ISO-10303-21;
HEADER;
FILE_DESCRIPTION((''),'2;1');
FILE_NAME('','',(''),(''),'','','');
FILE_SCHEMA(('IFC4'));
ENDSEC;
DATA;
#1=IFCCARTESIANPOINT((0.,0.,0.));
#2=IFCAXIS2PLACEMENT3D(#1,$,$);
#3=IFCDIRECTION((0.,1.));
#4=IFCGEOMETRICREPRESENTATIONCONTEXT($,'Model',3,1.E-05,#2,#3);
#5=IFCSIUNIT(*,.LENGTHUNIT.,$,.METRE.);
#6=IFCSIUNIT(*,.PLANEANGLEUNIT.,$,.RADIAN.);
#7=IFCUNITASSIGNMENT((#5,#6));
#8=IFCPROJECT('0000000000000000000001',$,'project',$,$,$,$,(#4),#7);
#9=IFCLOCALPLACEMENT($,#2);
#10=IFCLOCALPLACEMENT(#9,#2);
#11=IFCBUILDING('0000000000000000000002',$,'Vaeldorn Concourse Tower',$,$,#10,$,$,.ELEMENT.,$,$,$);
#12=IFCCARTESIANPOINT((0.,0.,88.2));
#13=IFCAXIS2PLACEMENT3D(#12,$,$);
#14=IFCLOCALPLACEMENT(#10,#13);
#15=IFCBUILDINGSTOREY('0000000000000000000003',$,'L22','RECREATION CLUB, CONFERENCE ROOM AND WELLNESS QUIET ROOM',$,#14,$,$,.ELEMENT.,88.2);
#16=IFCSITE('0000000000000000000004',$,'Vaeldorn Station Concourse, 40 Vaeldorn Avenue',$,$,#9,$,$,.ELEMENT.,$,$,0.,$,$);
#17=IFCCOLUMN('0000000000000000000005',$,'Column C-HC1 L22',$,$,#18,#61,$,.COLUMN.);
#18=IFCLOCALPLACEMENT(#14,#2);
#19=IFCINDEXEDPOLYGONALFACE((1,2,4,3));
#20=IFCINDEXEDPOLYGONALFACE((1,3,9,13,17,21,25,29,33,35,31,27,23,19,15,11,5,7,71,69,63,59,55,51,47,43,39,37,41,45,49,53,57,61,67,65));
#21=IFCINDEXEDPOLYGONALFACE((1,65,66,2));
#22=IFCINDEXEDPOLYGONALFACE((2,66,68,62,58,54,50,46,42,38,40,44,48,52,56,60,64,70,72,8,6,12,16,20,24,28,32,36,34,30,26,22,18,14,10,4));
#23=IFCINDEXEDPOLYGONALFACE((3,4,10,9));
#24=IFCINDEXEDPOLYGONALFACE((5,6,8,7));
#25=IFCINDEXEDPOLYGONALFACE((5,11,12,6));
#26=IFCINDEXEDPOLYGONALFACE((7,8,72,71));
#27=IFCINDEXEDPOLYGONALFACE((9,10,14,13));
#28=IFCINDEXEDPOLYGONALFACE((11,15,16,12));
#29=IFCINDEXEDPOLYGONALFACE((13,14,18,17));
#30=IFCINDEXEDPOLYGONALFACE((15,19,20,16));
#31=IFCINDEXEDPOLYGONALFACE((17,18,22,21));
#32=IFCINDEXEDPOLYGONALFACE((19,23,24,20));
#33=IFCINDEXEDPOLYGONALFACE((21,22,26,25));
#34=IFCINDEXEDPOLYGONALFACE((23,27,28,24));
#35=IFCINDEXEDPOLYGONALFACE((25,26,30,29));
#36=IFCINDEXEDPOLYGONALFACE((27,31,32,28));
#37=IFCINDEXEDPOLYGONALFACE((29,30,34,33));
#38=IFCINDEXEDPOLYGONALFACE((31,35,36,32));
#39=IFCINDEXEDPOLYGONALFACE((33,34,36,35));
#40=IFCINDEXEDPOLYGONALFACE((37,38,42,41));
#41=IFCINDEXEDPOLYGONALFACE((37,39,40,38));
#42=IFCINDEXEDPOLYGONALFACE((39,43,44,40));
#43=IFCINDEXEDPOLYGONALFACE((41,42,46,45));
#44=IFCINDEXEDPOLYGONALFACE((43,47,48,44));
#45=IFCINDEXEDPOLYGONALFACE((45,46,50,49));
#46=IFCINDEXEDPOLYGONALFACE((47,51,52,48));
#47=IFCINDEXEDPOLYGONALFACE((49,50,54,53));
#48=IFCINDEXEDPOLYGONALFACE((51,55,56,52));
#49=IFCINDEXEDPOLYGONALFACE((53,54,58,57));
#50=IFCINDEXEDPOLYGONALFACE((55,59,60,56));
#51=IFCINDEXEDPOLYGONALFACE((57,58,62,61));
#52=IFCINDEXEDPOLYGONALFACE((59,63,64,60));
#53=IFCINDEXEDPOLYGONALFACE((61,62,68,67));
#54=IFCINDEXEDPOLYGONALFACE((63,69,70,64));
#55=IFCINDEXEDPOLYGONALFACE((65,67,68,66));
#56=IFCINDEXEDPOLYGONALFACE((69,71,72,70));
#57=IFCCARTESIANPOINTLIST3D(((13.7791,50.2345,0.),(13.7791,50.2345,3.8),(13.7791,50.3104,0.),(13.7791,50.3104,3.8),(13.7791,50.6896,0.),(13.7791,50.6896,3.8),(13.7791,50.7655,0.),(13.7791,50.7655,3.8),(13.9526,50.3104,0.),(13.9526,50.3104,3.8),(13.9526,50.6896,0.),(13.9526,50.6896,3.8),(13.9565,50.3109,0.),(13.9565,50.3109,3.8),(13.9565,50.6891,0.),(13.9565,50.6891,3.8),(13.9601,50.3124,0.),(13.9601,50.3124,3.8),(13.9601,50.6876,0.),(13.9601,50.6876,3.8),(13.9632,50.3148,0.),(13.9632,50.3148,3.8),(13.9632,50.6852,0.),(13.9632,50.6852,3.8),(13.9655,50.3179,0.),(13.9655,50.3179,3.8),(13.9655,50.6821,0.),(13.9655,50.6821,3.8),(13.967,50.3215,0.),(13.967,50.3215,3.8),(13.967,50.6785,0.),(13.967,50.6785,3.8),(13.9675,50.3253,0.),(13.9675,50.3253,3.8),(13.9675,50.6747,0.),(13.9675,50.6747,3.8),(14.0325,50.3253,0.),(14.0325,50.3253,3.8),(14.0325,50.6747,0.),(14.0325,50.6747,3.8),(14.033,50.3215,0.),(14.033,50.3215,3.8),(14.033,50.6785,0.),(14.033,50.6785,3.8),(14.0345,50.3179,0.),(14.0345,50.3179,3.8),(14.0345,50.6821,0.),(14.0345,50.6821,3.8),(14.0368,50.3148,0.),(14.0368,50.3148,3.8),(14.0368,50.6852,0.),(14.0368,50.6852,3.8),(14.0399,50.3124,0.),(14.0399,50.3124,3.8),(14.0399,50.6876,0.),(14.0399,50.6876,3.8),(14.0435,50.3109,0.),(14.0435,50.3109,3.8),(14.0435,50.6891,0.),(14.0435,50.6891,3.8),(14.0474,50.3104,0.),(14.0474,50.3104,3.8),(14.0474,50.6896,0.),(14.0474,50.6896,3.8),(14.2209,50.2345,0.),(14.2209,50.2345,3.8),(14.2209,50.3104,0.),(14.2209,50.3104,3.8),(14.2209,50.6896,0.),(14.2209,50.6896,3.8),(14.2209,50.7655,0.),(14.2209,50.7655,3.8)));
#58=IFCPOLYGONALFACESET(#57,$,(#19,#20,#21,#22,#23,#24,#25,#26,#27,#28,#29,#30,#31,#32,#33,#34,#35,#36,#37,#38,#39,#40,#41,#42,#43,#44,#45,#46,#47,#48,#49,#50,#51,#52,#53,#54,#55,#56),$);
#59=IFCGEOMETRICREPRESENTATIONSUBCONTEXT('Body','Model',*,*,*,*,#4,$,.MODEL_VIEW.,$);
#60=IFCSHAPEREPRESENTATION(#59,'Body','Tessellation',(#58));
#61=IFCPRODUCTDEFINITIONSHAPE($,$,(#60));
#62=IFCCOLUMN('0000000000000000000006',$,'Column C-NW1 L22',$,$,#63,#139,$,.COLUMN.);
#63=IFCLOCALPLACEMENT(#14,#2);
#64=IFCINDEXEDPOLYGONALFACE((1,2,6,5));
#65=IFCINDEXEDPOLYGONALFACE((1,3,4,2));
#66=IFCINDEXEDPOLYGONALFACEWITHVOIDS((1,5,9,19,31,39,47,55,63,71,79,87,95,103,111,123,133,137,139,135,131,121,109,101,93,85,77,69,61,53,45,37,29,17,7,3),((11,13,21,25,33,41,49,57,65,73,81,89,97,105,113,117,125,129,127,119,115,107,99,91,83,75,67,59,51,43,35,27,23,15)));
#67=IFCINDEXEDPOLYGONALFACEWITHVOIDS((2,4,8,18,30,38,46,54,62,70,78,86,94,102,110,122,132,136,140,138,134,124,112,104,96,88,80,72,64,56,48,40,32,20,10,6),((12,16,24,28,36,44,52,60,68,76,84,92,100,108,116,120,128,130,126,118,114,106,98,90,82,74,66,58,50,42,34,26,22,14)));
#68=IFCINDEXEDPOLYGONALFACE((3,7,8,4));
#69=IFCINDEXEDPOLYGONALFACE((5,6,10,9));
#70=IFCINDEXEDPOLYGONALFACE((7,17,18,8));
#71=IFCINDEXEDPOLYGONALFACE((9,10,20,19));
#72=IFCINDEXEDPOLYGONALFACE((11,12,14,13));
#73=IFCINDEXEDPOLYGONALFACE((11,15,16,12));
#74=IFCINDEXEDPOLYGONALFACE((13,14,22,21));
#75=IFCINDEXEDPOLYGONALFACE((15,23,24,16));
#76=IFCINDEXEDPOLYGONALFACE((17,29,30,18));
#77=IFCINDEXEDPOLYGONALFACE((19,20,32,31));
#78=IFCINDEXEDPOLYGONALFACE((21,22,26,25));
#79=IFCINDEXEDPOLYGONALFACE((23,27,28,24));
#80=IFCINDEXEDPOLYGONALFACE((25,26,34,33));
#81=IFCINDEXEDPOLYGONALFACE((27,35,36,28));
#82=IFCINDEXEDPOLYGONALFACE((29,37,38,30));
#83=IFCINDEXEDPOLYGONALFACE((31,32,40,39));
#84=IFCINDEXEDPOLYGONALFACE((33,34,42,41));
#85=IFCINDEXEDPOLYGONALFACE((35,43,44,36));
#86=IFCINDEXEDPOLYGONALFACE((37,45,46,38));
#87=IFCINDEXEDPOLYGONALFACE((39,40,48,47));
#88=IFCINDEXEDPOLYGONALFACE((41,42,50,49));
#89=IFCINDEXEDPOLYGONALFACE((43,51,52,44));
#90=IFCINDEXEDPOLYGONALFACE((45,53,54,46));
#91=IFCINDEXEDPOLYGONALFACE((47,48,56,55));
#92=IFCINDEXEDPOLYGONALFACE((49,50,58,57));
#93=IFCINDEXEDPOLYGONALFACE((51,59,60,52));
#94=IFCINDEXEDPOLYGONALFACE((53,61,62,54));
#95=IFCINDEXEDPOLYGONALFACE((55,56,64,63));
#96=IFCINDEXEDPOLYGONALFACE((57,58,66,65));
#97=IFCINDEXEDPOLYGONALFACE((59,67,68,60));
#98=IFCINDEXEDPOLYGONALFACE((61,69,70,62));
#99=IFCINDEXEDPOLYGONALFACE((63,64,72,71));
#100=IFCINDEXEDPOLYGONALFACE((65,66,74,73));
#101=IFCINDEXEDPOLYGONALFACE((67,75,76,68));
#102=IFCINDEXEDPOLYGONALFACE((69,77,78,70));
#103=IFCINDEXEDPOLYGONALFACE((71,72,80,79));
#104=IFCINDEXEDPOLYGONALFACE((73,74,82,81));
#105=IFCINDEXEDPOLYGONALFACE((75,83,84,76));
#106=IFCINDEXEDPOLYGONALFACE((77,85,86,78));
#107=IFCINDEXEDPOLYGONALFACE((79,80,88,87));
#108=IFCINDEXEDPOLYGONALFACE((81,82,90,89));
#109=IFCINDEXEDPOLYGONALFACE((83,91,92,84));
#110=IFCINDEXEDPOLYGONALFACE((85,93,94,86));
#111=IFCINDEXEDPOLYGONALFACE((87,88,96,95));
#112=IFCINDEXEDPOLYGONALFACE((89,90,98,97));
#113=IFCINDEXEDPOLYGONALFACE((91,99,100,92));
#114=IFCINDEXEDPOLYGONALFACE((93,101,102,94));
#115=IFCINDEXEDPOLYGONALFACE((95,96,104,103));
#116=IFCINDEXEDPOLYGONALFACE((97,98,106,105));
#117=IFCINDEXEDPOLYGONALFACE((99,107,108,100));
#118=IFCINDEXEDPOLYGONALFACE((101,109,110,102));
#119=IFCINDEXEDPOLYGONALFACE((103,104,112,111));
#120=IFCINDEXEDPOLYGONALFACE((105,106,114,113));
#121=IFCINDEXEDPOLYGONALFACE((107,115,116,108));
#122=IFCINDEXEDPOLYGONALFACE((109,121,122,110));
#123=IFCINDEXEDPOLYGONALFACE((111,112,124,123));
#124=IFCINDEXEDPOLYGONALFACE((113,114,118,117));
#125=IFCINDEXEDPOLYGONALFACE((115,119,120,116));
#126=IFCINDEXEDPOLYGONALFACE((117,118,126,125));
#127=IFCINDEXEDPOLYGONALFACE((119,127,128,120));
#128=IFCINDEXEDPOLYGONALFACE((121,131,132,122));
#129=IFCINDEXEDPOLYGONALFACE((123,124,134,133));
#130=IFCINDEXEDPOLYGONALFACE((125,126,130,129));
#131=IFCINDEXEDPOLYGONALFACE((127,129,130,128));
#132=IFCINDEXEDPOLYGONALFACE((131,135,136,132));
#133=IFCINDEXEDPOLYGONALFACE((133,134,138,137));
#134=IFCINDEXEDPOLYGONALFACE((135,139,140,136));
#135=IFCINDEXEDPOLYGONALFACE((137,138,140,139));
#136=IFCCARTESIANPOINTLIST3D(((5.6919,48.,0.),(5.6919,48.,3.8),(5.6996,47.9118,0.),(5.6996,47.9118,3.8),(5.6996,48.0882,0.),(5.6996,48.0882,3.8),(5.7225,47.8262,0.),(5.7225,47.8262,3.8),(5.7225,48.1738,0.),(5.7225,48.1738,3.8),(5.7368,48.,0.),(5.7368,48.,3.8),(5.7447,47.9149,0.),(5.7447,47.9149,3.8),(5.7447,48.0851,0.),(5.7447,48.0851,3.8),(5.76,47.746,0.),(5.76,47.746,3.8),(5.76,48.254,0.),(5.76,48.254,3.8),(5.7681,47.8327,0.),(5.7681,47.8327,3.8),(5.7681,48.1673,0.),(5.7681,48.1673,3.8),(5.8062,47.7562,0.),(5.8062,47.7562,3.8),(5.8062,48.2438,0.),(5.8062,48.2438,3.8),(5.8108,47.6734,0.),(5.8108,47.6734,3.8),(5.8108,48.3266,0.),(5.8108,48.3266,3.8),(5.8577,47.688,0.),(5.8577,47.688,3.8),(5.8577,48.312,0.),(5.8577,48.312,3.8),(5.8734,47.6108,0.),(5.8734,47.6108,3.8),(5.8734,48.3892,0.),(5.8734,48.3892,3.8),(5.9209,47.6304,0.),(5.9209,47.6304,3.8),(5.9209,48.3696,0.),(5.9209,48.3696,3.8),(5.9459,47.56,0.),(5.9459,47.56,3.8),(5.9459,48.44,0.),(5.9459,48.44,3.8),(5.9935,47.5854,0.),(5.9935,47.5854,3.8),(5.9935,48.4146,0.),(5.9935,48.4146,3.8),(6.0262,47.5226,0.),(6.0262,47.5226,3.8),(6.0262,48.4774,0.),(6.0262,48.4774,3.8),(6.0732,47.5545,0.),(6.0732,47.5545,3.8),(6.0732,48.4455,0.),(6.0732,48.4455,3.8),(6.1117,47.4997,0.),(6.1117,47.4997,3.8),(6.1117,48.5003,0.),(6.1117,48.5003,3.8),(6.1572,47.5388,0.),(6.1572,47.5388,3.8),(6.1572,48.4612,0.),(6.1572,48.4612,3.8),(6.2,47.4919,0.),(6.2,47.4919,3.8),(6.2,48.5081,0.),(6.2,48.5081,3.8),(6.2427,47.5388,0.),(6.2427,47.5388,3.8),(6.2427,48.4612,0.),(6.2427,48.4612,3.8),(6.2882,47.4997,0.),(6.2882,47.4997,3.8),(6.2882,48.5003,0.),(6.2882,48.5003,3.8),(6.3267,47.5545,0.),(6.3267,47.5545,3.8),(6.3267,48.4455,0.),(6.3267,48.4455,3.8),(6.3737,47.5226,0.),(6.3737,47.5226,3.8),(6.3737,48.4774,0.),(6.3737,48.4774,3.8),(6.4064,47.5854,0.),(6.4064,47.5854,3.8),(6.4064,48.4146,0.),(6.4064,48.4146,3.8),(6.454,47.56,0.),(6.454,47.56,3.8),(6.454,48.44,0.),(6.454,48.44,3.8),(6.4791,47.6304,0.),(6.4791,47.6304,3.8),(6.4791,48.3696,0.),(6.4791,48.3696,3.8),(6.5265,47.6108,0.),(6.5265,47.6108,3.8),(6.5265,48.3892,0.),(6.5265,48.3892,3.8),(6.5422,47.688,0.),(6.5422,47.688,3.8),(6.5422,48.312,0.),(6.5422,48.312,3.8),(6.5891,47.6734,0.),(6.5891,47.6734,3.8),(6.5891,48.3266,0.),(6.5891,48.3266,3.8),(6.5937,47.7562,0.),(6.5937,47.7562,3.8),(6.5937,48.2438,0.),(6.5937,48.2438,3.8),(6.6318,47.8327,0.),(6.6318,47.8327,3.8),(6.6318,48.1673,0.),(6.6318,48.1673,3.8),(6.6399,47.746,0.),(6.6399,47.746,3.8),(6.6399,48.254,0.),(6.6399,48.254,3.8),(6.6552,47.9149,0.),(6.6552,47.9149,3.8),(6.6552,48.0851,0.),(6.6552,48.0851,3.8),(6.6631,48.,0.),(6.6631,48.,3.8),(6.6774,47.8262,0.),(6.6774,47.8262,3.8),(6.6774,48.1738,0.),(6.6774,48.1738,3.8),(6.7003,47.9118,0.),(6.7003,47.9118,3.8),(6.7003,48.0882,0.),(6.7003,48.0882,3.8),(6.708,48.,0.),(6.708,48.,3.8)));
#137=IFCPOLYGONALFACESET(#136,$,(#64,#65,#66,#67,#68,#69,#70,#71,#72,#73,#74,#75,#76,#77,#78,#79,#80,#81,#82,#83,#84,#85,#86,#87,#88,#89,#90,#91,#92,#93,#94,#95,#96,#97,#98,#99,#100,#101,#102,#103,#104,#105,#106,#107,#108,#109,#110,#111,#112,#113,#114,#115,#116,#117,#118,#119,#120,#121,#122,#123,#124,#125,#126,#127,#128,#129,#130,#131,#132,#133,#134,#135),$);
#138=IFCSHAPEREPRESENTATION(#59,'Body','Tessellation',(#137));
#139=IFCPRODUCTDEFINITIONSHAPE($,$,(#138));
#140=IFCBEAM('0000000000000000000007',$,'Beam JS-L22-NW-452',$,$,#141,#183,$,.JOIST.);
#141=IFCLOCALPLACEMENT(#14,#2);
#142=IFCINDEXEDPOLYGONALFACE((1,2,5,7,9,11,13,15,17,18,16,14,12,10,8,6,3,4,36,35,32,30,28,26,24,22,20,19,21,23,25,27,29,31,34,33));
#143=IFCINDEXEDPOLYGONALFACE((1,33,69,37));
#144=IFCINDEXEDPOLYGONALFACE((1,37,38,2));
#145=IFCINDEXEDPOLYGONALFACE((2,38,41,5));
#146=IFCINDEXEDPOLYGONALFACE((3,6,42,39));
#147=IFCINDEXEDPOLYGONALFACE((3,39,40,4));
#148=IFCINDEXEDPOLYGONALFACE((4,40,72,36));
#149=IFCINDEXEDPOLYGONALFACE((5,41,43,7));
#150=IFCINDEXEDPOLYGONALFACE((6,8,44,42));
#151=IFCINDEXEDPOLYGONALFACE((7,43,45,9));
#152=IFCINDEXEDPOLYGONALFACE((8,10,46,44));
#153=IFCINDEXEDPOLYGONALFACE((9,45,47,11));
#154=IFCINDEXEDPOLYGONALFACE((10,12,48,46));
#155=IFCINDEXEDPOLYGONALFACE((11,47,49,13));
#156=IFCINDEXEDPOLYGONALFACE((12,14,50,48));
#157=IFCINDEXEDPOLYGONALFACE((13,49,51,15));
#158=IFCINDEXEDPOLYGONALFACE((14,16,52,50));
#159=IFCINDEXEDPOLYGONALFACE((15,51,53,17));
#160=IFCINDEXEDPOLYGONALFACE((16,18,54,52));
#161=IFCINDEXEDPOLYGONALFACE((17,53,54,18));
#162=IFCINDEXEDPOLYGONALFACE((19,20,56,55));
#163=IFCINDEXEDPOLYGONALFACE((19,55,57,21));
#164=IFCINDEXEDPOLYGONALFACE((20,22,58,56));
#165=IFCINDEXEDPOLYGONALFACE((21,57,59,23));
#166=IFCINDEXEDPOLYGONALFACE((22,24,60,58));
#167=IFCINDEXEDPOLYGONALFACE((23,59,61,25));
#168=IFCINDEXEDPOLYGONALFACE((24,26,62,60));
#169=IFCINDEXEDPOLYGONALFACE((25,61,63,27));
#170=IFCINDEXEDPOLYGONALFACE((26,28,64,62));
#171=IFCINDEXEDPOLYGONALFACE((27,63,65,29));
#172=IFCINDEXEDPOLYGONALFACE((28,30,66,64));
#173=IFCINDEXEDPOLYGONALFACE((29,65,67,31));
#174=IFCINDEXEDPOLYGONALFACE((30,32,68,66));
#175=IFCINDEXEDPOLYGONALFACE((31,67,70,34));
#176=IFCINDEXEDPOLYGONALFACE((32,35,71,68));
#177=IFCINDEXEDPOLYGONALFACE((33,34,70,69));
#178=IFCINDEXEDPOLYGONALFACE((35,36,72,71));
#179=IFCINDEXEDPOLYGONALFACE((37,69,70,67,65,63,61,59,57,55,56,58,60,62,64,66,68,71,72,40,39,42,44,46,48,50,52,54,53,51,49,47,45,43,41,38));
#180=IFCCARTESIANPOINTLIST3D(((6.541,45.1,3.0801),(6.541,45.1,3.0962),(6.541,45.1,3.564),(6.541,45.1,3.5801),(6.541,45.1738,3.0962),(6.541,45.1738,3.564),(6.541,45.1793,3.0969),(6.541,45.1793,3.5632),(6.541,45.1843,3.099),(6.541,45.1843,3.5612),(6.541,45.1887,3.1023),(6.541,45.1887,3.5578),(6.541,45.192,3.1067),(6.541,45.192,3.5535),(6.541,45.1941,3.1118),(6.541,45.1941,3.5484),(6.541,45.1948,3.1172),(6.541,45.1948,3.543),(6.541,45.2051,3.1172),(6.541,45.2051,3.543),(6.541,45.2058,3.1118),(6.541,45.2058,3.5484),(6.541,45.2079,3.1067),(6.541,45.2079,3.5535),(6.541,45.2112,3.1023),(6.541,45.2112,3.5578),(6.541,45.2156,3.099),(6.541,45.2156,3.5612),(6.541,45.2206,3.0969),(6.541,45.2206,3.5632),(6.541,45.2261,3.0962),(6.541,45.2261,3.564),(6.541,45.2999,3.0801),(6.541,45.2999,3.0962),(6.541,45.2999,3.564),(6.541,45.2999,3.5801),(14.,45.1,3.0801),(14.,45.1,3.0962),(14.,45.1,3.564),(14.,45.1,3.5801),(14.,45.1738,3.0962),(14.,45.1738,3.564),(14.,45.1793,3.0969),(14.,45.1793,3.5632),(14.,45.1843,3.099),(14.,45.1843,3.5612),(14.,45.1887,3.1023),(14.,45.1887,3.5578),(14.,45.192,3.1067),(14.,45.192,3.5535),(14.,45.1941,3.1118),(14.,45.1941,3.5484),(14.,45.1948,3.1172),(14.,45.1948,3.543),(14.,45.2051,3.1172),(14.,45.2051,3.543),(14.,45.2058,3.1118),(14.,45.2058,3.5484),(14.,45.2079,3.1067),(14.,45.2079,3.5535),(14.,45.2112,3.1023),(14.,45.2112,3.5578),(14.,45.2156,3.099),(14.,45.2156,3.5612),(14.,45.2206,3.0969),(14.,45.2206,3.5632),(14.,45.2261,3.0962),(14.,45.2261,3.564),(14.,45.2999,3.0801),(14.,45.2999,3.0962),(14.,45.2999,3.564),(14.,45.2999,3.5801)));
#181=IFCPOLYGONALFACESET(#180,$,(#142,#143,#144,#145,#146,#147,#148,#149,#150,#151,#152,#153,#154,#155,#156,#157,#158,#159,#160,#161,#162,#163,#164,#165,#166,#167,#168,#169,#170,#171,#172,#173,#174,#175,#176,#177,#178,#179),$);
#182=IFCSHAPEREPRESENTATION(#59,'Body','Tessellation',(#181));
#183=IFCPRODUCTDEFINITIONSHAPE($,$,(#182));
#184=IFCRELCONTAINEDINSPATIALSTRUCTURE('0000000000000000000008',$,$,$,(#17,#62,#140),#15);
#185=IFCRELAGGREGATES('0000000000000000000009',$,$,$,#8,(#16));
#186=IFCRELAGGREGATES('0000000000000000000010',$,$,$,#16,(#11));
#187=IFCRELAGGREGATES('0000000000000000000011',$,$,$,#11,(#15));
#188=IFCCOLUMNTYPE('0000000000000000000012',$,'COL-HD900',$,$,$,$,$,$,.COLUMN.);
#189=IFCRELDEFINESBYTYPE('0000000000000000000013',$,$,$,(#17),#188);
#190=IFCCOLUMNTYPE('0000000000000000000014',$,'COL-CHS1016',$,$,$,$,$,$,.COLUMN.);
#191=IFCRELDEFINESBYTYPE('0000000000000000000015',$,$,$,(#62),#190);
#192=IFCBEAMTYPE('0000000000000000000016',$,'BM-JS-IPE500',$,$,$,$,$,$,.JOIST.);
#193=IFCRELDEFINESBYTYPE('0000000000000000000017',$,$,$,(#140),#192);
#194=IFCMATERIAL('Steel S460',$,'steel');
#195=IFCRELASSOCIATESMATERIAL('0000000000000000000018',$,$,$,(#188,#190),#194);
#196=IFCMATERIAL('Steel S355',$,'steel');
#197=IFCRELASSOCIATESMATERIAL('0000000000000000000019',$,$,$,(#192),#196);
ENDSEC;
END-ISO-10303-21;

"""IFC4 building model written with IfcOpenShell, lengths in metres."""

from ifc_helpers import new_model, si_unit, direction, frame, origin, origin_2d, place, context, subcontext, project, spatial, hollow_circle, i_section, extrude, source, transform, mapped, material, material_profile, profile_set, type_object, element, save


model = new_model("IFC4")

# Units and contexts
model_context = context("Model", 3, precision=1e-05, world=origin(), true_north=direction((0.0, 1.0)))
body_context = subcontext(model_context, "Body", "Model", "MODEL_VIEW")
ifc_project = project(units=[si_unit("LENGTHUNIT", "METRE"), si_unit("PLANEANGLEUNIT", "RADIAN")], contexts=[model_context])

# Site, building, storey
site_placement = place(None, origin())
site = spatial("IfcSite", under=ifc_project, at=site_placement, Name="Vaeldorn Station Concourse, 40 Vaeldorn Avenue", CompositionType="ELEMENT", RefElevation=0.0)
building_placement = place(site_placement, origin())
building = spatial("IfcBuilding", under=site, at=building_placement, Name="Vaeldorn Concourse Tower", CompositionType="ELEMENT")
storey_placement = place(building_placement, frame((0.0, 0.0, 88.2)))
storey = spatial("IfcBuildingStorey", under=building, at=storey_placement, Name="L22", Description="RECREATION CLUB, CONFERENCE ROOM AND WELLNESS QUIET ROOM", CompositionType="ELEMENT", Elevation=88.2)

# Columns
ifc_material_1 = material(Name="Steel S460", Category="steel")
ifc_material_profile_1 = material_profile(ifc_material_1, i_section(OverallWidth=0.4419, OverallDepth=0.531, WebThickness=0.0649, FlangeThickness=0.0759, FilletRadius=0.0149, at=origin_2d()), Name="HD 400x900")
ifc_profile_set_1 = profile_set([ifc_material_profile_1], Name="Steel S460")
column_type_1 = type_object("IfcColumnType", Name="COL-HD900", PredefinedType="COLUMN", material=ifc_profile_set_1)
shared_shape_1 = source(origin(), body_context, "Body", "SweptSolid", [
    extrude(i_section(OverallWidth=0.4419, OverallDepth=0.531, WebThickness=0.0649, FlangeThickness=0.0759, FilletRadius=0.0149, at=origin_2d()), origin(), (0.0, 0.0, 1.0), 3.8),
])
column_1_placement = place(storey_placement, frame((14.0, 50.5, 0.0), z_axis=(0.0, 0.0, 1.0), x_axis=(1.0, 0.0, 0.0)))
element("IfcColumn", 1, at=column_1_placement, inside=storey, type_object=column_type_1, Name="Column C-HC1 L22", PredefinedType="COLUMN", context=body_context, shape_type="MappedRepresentation", body=[
    mapped(shared_shape_1, transform((0.0, 0.0, 0.0), scale=1.0)),
])
ifc_material_profile_2 = material_profile(ifc_material_1, hollow_circle(Radius=0.5081, WallThickness=0.0449, at=origin_2d()), Name="CHS 1016x45")
ifc_profile_set_2 = profile_set([ifc_material_profile_2], Name="Steel S460")
column_type_2 = type_object("IfcColumnType", Name="COL-CHS1016", PredefinedType="COLUMN", material=ifc_profile_set_2)
shared_shape_2 = source(origin(), body_context, "Body", "SweptSolid", [
    extrude(hollow_circle(Radius=0.5081, WallThickness=0.0449, at=origin_2d()), origin(), (0.0, 0.0, 1.0), 3.8),
])
column_2_placement = place(storey_placement, frame((6.2, 48.0, 0.0), z_axis=(0.0, 0.0, 1.0), x_axis=(1.0, 0.0, 0.0)))
element("IfcColumn", 2, at=column_2_placement, inside=storey, type_object=column_type_2, Name="Column C-NW1 L22", PredefinedType="COLUMN", context=body_context, shape_type="MappedRepresentation", body=[
    mapped(shared_shape_2, transform((0.0, 0.0, 0.0), scale=1.0)),
])

# Beam
ifc_material_2 = material(Name="Steel S355", Category="steel")
ifc_material_profile_3 = material_profile(ifc_material_2, i_section(OverallWidth=0.2, OverallDepth=0.5, WebThickness=0.0103, FlangeThickness=0.0161, FilletRadius=0.021, at=origin_2d()), Name="IPE 500")
ifc_profile_set_3 = profile_set([ifc_material_profile_3], Name="Steel S355")
beam_type_1 = type_object("IfcBeamType", Name="BM-JS-IPE500", PredefinedType="JOIST", material=ifc_profile_set_3)
shared_shape_3 = source(origin(), body_context, "Body", "SweptSolid", [
    extrude(i_section(OverallWidth=0.2, OverallDepth=0.5, WebThickness=0.0103, FlangeThickness=0.0161, FilletRadius=0.021, at=origin_2d()), origin(), (0.0, 0.0, 1.0), 7.459),
])
beam_1_placement = place(storey_placement, frame((6.541, 45.2, 3.3301), z_axis=(1.0, 0.0, 0.0), x_axis=(0.0, 1.0, 0.0)))
element("IfcBeam", 3, at=beam_1_placement, inside=storey, type_object=beam_type_1, Name="Beam JS-L22-NW-452", PredefinedType="JOIST", context=body_context, shape_type="MappedRepresentation", body=[
    mapped(shared_shape_3, transform((0.0, 0.0, 0.0), scale=1.0)),
])

save(model, "model.ifc")
